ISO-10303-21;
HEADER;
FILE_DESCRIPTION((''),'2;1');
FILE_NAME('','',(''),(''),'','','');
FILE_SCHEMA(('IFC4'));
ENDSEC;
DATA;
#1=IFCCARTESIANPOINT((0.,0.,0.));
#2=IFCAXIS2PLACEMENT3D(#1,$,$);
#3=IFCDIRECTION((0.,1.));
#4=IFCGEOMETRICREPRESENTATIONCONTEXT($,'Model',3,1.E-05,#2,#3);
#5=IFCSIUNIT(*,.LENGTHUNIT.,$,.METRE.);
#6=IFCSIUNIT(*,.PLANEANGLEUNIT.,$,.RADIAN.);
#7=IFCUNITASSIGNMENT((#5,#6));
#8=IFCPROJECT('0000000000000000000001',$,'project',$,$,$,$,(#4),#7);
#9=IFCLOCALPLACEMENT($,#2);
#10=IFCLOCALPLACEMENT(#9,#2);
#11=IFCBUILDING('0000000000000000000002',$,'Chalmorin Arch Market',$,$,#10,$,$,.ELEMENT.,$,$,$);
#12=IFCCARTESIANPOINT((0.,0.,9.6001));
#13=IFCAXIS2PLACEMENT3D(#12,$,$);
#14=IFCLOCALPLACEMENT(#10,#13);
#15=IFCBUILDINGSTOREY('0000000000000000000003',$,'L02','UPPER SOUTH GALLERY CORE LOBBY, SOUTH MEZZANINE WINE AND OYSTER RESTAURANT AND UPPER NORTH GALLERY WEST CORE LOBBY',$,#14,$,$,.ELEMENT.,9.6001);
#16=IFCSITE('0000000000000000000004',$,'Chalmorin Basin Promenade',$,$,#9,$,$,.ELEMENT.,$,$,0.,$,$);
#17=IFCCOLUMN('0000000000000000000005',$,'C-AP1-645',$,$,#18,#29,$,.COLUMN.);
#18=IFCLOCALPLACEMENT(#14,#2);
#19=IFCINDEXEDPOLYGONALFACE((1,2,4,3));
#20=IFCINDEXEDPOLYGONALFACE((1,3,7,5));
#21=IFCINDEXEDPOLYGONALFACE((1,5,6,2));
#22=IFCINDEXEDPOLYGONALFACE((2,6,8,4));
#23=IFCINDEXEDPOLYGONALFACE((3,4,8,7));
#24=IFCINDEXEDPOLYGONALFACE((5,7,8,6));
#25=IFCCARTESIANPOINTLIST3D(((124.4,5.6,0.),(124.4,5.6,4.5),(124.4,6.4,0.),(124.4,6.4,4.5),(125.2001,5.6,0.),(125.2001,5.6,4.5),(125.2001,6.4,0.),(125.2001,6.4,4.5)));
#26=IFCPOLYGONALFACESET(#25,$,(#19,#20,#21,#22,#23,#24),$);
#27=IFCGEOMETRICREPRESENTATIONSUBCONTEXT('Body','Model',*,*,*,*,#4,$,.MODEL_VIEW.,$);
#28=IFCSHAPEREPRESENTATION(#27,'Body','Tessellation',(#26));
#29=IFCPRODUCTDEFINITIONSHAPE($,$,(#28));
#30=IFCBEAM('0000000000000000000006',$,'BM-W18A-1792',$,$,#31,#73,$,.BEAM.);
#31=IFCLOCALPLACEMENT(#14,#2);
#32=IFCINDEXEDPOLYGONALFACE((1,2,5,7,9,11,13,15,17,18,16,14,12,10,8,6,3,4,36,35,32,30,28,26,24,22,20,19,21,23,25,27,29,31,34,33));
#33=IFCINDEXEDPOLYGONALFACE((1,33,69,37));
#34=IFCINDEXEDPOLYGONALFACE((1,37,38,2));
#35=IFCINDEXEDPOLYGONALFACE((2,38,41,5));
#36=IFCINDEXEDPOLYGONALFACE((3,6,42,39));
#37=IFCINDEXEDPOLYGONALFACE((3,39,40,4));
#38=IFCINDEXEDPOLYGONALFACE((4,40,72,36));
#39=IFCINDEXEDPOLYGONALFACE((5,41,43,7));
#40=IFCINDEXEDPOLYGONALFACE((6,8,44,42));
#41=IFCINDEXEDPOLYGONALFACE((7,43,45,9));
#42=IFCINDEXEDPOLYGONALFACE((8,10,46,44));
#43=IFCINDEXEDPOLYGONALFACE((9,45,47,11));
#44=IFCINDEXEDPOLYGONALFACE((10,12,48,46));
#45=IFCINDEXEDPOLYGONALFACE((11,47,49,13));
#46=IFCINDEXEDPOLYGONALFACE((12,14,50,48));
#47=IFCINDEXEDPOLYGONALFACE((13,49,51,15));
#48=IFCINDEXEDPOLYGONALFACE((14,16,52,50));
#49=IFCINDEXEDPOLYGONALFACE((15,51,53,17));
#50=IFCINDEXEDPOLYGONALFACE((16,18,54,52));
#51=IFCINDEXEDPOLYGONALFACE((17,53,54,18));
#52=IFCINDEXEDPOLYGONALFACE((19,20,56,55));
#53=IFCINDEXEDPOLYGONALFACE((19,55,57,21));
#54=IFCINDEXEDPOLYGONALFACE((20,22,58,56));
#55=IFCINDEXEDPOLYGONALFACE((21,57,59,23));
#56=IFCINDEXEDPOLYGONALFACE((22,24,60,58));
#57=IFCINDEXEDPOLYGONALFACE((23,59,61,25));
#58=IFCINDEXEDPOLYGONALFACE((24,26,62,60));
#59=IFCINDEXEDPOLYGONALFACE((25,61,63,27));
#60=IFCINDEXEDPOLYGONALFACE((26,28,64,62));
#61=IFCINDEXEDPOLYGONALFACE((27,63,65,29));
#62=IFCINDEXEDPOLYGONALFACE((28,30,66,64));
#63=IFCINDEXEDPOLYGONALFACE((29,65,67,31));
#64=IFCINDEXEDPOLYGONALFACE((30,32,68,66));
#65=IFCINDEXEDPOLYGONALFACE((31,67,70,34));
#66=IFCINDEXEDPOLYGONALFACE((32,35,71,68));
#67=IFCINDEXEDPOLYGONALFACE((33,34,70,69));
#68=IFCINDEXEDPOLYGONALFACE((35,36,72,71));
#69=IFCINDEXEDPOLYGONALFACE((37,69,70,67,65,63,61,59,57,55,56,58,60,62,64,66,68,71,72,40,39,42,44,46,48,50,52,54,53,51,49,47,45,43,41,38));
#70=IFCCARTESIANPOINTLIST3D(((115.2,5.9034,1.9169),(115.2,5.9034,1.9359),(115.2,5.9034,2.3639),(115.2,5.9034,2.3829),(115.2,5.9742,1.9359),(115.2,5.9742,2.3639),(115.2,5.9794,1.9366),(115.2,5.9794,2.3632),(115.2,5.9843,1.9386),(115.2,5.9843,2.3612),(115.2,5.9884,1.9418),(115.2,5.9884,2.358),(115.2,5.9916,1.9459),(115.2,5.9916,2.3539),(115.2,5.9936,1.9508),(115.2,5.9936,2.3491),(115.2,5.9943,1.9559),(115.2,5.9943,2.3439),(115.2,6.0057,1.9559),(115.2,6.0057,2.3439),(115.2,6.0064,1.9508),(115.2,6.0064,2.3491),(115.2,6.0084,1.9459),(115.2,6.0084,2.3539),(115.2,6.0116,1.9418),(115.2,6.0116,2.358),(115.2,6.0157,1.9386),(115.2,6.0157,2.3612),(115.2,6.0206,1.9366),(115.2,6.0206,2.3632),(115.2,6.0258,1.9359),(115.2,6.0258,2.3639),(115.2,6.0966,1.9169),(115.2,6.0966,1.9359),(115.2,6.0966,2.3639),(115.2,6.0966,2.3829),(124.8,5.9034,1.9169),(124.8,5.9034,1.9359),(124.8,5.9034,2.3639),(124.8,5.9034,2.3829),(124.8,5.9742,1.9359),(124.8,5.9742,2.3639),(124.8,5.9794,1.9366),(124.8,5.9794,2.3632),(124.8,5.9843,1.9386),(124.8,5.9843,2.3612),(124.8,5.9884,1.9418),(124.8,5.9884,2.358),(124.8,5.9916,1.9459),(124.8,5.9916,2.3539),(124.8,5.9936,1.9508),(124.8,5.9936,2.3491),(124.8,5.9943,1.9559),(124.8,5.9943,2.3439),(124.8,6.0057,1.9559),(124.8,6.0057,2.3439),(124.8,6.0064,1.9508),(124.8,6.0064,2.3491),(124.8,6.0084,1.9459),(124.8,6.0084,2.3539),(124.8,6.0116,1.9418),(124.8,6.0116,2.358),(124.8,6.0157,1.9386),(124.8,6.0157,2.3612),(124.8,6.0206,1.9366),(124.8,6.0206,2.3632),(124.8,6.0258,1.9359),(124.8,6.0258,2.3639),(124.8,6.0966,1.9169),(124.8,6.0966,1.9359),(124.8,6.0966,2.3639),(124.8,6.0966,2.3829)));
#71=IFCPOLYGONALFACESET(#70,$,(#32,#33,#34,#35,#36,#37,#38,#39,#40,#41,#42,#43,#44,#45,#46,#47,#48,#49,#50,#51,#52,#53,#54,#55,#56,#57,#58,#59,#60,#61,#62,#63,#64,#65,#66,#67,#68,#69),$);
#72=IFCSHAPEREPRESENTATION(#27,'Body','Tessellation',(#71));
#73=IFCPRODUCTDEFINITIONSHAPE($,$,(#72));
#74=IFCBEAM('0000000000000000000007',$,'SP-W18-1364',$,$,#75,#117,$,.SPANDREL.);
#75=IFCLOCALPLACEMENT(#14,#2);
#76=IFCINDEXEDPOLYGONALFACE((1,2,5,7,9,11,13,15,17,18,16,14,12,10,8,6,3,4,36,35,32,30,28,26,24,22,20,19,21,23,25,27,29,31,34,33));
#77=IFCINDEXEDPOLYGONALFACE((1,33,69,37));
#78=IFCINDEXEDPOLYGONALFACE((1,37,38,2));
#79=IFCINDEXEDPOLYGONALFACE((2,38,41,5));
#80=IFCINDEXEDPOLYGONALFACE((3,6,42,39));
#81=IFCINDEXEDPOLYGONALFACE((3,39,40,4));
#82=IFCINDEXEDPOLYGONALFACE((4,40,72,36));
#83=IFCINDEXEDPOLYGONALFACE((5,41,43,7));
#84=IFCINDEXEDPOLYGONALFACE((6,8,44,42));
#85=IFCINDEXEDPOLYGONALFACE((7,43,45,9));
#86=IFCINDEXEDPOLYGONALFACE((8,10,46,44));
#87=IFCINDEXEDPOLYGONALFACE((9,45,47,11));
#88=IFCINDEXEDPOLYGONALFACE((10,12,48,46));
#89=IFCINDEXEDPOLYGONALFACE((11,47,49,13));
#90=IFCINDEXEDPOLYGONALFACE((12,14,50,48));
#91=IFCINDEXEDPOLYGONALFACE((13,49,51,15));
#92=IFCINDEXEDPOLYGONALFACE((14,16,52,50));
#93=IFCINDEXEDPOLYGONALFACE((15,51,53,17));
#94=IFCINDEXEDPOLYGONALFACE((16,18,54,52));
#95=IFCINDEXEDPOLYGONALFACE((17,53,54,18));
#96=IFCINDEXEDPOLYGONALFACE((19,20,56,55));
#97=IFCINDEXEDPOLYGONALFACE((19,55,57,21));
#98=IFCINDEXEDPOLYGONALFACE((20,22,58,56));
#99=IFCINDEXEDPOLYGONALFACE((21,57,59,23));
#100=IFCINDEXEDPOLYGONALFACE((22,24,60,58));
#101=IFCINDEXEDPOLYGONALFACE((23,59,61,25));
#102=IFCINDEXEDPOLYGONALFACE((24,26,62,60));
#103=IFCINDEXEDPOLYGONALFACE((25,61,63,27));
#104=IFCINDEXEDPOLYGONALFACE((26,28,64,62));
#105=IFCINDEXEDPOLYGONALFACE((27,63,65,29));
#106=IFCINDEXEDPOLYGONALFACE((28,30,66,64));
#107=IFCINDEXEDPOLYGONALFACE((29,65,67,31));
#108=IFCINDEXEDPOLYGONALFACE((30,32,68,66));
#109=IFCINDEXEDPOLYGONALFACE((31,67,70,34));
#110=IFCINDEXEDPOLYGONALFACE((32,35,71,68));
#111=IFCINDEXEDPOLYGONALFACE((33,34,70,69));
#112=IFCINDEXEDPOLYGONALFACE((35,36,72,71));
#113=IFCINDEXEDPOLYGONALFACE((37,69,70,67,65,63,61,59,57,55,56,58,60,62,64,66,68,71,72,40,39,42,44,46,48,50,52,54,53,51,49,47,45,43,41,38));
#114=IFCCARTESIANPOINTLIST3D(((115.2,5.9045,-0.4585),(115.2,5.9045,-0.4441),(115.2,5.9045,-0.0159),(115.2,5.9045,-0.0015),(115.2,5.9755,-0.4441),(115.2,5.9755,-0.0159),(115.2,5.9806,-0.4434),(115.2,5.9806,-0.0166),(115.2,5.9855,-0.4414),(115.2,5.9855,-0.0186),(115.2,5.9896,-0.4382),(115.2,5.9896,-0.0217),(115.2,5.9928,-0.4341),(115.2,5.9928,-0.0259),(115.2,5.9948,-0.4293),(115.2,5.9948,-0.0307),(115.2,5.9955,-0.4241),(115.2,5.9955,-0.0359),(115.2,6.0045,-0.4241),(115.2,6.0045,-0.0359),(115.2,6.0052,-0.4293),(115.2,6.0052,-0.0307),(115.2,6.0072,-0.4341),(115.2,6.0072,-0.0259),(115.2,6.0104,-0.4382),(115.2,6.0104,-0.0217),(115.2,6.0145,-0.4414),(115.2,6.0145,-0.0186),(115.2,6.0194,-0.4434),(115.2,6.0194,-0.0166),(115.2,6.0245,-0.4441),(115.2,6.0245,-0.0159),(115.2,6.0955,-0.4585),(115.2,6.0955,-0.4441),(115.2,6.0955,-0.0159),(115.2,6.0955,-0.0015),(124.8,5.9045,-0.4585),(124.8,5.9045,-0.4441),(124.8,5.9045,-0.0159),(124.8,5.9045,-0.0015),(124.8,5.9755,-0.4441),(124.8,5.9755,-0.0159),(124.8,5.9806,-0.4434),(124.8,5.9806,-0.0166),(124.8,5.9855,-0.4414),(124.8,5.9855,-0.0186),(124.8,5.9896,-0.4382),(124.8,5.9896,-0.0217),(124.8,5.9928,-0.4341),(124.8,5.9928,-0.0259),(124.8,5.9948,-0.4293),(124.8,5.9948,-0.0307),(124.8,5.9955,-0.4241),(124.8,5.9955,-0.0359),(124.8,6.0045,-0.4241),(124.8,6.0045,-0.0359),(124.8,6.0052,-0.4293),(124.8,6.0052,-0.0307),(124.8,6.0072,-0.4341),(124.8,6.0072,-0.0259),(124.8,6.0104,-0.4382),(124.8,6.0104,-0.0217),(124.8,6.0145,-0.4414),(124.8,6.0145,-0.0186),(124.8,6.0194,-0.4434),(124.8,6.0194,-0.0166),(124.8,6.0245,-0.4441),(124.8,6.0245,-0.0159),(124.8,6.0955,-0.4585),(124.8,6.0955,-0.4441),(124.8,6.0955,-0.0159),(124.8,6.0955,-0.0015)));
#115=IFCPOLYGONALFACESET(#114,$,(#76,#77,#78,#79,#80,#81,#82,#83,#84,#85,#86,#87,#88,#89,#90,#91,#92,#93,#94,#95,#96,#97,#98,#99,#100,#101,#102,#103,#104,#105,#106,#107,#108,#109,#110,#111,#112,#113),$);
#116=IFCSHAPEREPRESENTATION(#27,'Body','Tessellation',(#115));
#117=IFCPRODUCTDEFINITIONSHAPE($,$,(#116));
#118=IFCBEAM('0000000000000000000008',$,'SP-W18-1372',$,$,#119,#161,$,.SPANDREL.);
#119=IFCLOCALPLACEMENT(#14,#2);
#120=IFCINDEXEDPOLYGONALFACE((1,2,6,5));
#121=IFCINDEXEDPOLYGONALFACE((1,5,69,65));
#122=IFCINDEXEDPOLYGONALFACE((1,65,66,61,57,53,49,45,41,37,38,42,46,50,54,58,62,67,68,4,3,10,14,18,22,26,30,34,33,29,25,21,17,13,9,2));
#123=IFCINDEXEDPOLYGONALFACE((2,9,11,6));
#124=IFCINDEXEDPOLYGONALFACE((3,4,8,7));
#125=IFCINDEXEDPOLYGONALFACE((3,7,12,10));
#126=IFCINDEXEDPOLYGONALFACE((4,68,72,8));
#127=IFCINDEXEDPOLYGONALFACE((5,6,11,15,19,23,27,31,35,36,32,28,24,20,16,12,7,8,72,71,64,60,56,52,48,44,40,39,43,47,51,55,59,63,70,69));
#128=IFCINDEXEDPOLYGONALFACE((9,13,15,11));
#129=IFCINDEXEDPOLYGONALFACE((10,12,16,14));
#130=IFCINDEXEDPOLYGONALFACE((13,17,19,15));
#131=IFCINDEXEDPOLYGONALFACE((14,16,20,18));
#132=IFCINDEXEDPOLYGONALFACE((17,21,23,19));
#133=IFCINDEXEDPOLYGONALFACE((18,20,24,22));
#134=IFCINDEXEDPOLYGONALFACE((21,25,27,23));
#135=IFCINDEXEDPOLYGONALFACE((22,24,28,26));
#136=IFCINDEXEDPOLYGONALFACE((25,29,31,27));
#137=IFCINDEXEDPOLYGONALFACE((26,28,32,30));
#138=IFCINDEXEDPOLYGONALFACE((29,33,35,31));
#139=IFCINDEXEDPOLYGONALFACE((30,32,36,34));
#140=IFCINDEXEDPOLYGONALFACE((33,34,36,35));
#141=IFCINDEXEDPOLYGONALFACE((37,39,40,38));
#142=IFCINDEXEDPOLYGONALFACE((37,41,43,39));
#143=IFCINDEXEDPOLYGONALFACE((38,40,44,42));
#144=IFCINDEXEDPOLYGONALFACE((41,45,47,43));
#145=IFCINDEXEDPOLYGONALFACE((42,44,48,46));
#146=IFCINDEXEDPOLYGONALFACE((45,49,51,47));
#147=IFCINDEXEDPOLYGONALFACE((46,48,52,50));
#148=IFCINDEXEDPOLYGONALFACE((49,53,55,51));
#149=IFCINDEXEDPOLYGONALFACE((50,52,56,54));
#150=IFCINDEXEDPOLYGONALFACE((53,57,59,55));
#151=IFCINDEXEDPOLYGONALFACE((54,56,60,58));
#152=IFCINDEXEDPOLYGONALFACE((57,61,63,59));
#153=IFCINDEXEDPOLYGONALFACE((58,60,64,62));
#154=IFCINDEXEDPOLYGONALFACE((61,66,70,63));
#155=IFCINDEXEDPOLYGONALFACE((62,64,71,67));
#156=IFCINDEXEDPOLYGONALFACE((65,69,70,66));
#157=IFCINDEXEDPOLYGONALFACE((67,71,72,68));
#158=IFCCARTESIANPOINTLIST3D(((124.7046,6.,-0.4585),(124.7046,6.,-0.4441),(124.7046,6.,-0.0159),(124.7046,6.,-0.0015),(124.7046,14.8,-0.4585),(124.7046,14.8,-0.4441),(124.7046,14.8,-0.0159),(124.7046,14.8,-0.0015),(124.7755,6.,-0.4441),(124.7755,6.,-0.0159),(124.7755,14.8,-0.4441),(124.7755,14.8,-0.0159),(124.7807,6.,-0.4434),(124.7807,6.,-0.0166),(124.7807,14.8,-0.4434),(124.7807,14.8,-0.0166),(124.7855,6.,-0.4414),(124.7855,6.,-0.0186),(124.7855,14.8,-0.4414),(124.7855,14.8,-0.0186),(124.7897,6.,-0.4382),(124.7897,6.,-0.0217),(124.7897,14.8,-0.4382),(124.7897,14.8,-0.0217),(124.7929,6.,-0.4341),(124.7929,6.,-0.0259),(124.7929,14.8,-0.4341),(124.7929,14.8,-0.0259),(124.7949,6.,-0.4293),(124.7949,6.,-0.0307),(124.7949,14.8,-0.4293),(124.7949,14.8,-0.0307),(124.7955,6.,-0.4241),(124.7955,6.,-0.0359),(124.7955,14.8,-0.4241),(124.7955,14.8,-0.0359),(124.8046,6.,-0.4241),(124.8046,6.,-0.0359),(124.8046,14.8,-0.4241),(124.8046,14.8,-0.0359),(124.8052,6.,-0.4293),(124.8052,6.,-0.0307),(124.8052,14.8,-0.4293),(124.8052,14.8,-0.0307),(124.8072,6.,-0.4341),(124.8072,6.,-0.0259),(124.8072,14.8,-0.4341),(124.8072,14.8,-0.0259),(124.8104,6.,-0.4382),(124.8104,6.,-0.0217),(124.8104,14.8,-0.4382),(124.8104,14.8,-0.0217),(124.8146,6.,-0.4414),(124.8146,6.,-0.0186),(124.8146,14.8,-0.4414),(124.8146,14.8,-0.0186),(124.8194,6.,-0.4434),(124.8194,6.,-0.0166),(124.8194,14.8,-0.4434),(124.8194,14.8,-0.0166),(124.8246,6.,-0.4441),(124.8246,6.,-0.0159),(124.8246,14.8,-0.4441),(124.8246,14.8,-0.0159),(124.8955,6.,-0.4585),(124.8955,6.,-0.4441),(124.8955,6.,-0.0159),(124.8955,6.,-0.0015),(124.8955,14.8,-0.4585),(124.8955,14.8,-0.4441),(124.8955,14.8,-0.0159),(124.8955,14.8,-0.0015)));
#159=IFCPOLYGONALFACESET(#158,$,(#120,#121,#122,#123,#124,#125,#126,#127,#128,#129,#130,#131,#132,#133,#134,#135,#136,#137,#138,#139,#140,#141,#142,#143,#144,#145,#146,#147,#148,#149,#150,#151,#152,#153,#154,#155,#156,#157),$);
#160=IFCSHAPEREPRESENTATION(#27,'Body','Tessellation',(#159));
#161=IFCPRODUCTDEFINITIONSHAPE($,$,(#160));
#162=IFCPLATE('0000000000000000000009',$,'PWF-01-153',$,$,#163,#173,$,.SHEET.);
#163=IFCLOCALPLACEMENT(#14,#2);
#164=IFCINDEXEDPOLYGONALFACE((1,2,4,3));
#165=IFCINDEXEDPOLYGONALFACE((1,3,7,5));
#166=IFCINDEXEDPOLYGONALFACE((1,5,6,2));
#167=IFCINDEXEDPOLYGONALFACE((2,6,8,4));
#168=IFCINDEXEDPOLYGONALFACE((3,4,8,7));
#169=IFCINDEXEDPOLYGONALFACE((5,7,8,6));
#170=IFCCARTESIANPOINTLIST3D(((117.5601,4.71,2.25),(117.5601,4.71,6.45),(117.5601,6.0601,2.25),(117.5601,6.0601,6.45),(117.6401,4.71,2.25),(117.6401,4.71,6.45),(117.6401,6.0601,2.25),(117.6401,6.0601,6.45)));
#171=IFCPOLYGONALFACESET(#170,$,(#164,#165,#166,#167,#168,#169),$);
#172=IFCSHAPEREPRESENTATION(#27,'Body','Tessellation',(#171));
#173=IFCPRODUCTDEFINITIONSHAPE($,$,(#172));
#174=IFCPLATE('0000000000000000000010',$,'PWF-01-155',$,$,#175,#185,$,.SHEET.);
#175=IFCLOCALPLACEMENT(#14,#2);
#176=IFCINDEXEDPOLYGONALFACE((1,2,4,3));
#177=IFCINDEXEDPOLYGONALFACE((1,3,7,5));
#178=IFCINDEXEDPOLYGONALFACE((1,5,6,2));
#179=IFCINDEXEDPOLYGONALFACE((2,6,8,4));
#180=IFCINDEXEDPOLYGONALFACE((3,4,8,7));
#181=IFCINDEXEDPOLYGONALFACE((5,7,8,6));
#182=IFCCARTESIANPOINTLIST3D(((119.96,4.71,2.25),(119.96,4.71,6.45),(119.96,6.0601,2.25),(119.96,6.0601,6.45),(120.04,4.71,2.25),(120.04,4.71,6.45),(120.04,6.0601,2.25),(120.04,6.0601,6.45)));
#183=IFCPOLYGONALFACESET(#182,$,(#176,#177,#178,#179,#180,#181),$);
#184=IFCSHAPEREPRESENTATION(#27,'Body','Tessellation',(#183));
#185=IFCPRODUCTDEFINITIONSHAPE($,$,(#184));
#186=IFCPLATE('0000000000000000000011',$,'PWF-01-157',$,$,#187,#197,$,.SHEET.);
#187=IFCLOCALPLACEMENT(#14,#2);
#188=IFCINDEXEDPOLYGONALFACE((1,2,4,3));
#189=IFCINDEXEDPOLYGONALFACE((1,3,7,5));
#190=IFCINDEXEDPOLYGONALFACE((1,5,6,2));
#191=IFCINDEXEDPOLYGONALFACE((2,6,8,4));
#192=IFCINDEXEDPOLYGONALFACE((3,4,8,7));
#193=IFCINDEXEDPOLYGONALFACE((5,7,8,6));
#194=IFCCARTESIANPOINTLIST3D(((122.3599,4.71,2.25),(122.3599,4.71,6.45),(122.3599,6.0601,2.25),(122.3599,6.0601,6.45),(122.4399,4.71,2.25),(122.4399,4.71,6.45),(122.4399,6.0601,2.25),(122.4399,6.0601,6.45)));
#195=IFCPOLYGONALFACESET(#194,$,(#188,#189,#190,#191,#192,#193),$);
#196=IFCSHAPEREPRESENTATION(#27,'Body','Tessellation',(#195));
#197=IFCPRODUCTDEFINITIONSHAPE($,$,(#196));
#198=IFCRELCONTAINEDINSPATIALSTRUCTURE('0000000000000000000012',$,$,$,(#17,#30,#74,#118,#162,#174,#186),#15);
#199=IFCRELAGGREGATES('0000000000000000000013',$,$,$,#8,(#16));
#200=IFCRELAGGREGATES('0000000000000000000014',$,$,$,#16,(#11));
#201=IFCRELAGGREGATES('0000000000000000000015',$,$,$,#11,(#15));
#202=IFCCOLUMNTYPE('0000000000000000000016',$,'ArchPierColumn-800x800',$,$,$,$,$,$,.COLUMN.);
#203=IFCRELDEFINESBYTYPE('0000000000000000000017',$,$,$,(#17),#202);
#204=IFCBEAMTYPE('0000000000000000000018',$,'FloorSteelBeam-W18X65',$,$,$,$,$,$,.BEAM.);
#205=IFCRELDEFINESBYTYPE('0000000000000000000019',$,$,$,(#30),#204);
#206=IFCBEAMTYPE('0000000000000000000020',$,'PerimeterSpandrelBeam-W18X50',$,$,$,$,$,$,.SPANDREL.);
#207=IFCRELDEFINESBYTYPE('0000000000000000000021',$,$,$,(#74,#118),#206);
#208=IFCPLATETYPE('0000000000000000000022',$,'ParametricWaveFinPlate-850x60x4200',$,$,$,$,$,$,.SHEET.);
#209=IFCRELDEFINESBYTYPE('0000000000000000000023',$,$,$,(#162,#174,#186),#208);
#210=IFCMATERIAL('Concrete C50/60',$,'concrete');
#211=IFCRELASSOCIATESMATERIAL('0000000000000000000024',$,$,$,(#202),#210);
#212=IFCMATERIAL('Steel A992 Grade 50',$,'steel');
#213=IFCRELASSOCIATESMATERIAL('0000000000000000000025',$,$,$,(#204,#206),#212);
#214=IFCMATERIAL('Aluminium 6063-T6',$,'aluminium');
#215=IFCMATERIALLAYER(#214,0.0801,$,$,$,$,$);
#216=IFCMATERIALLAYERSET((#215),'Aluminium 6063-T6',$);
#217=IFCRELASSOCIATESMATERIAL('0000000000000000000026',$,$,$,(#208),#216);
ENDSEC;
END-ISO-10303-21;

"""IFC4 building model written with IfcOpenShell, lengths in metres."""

from ifc_helpers import new_model, si_unit, direction, frame, origin, origin_2d, place, context, subcontext, project, spatial, rectangle, i_section, extrude, material, layer, layer_set, material_profile, profile_set, type_object, element, save


model = new_model("IFC4")

# Units and contexts
model_context = context("Model", 3, precision=1e-05, world=origin(), true_north=direction((0.0, 1.0)))
body_context = subcontext(model_context, "Body", "Model", "MODEL_VIEW")
ifc_project = project(units=[si_unit("LENGTHUNIT", "METRE"), si_unit("PLANEANGLEUNIT", "RADIAN")], contexts=[model_context])

# Site, building, storey
site_placement = place(None, origin())
site = spatial("IfcSite", under=ifc_project, at=site_placement, Name="Chalmorin Basin Promenade", CompositionType="ELEMENT", RefElevation=0.0)
building_placement = place(site_placement, origin())
building = spatial("IfcBuilding", under=site, at=building_placement, Name="Chalmorin Arch Market", CompositionType="ELEMENT")
storey_placement = place(building_placement, frame((0.0, 0.0, 9.6001)))
storey = spatial("IfcBuildingStorey", under=building, at=storey_placement, Name="L02", Description="UPPER SOUTH GALLERY CORE LOBBY, SOUTH MEZZANINE WINE AND OYSTER RESTAURANT AND UPPER NORTH GALLERY WEST CORE LOBBY", CompositionType="ELEMENT", Elevation=9.6001)

# Column
ifc_material_1 = material(Name="Concrete C50/60", Category="concrete")
ifc_material_profile_1 = material_profile(ifc_material_1, rectangle(XDim=0.8, YDim=0.8, at=origin_2d()), Name="RC800X800")
ifc_profile_set_1 = profile_set([ifc_material_profile_1], Name="Concrete C50/60")
column_type = type_object("IfcColumnType", Name="ArchPierColumn-800x800", PredefinedType="COLUMN", material=ifc_profile_set_1)
column_placement = place(storey_placement, frame((124.8, 6.0, 0.0), z_axis=(0.0, 0.0, 1.0), x_axis=(1.0, 0.0, 0.0)))
element("IfcColumn", 1, at=column_placement, inside=storey, type_object=column_type, Name="C-AP1-645", PredefinedType="COLUMN", context=body_context, shape_type="SweptSolid", body=[
    extrude(rectangle(XDim=0.8, YDim=0.8, at=origin_2d()), origin(), (0.0, 0.0, 1.0), 4.5),
])

# Beams
ifc_material_2 = material(Name="Steel A992 Grade 50", Category="steel")
ifc_material_profile_2 = material_profile(ifc_material_2, i_section(OverallWidth=0.1931, OverallDepth=0.4661, WebThickness=0.0115, FlangeThickness=0.019, FilletRadius=0.02, at=origin_2d()), Name="W18X65")
ifc_profile_set_2 = profile_set([ifc_material_profile_2], Name="Steel A992 Grade 50")
beam_type_1 = type_object("IfcBeamType", Name="FloorSteelBeam-W18X65", PredefinedType="BEAM", material=ifc_profile_set_2)
beam_1_placement = place(storey_placement, frame((115.2, 6.0, 2.1499), z_axis=(1.0, 0.0, 0.0), x_axis=(0.0, 1.0, 0.0)))
element("IfcBeam", 2, at=beam_1_placement, inside=storey, type_object=beam_type_1, Name="BM-W18A-1792", PredefinedType="BEAM", context=body_context, shape_type="SweptSolid", body=[
    extrude(i_section(OverallWidth=0.1931, OverallDepth=0.4661, WebThickness=0.0115, FlangeThickness=0.019, FilletRadius=0.02, at=origin_2d()), origin(), (0.0, 0.0, 1.0), 9.6001),
])
ifc_material_profile_3 = material_profile(ifc_material_2, i_section(OverallWidth=0.1909, OverallDepth=0.457, WebThickness=0.009, FlangeThickness=0.0144, FilletRadius=0.02, at=origin_2d()), Name="W18X50")
ifc_profile_set_3 = profile_set([ifc_material_profile_3], Name="Steel A992 Grade 50")
beam_type_2 = type_object("IfcBeamType", Name="PerimeterSpandrelBeam-W18X50", PredefinedType="SPANDREL", material=ifc_profile_set_3)
beam_2_placement = place(storey_placement, frame((115.2, 6.0, -0.23), z_axis=(1.0, 0.0, 0.0), x_axis=(0.0, 1.0, 0.0)))
element("IfcBeam", 3, at=beam_2_placement, inside=storey, type_object=beam_type_2, Name="SP-W18-1364", PredefinedType="SPANDREL", context=body_context, shape_type="SweptSolid", body=[
    extrude(i_section(OverallWidth=0.1909, OverallDepth=0.457, WebThickness=0.009, FlangeThickness=0.0144, FilletRadius=0.02, at=origin_2d()), origin(), (0.0, 0.0, 1.0), 9.6001),
])
beam_3_placement = place(storey_placement, frame((124.8, 6.0, -0.23), z_axis=(0.0, 1.0, 0.0), x_axis=(-1.0, 0.0, 0.0)))
element("IfcBeam", 4, at=beam_3_placement, inside=storey, type_object=beam_type_2, Name="SP-W18-1372", PredefinedType="SPANDREL", context=body_context, shape_type="SweptSolid", body=[
    extrude(i_section(OverallWidth=0.1909, OverallDepth=0.457, WebThickness=0.009, FlangeThickness=0.0144, FilletRadius=0.02, at=origin_2d()), origin(), (0.0, 0.0, 1.0), 8.8),
])

# Plates
ifc_material_3 = material(Name="Aluminium 6063-T6", Category="aluminium")
ifc_layer_1 = layer(ifc_material_3, 0.0801)
ifc_layer_set_1 = layer_set([ifc_layer_1], Name="Aluminium 6063-T6")
plate_type = type_object("IfcPlateType", Name="ParametricWaveFinPlate-850x60x4200", PredefinedType="SHEET", material=ifc_layer_set_1)
for number, where, z_axis, x_axis, name in (
    (5, (117.6001, 5.385, 2.25), (0.0, 0.0, 1.0), (0.0, 1.0, 0.0), "PWF-01-153"),
    (6, (120.0, 5.385, 2.25), (0.0, 0.0, 1.0), (0.0, 1.0, 0.0), "PWF-01-155"),
    (7, (122.3999, 5.385, 2.25), (0.0, 0.0, 1.0), (0.0, 1.0, 0.0), "PWF-01-157"),
):
    element("IfcPlate", number, at=place(storey_placement, frame(where, z_axis=z_axis, x_axis=x_axis)), inside=storey, type_object=plate_type, Name=name, PredefinedType="SHEET", context=body_context, shape_type="SweptSolid", body=[
        extrude(rectangle(XDim=1.3501, YDim=0.0801, at=origin_2d()), origin(), (0.0, 0.0, 1.0), 4.2),
    ])

save(model, "model.ifc")
